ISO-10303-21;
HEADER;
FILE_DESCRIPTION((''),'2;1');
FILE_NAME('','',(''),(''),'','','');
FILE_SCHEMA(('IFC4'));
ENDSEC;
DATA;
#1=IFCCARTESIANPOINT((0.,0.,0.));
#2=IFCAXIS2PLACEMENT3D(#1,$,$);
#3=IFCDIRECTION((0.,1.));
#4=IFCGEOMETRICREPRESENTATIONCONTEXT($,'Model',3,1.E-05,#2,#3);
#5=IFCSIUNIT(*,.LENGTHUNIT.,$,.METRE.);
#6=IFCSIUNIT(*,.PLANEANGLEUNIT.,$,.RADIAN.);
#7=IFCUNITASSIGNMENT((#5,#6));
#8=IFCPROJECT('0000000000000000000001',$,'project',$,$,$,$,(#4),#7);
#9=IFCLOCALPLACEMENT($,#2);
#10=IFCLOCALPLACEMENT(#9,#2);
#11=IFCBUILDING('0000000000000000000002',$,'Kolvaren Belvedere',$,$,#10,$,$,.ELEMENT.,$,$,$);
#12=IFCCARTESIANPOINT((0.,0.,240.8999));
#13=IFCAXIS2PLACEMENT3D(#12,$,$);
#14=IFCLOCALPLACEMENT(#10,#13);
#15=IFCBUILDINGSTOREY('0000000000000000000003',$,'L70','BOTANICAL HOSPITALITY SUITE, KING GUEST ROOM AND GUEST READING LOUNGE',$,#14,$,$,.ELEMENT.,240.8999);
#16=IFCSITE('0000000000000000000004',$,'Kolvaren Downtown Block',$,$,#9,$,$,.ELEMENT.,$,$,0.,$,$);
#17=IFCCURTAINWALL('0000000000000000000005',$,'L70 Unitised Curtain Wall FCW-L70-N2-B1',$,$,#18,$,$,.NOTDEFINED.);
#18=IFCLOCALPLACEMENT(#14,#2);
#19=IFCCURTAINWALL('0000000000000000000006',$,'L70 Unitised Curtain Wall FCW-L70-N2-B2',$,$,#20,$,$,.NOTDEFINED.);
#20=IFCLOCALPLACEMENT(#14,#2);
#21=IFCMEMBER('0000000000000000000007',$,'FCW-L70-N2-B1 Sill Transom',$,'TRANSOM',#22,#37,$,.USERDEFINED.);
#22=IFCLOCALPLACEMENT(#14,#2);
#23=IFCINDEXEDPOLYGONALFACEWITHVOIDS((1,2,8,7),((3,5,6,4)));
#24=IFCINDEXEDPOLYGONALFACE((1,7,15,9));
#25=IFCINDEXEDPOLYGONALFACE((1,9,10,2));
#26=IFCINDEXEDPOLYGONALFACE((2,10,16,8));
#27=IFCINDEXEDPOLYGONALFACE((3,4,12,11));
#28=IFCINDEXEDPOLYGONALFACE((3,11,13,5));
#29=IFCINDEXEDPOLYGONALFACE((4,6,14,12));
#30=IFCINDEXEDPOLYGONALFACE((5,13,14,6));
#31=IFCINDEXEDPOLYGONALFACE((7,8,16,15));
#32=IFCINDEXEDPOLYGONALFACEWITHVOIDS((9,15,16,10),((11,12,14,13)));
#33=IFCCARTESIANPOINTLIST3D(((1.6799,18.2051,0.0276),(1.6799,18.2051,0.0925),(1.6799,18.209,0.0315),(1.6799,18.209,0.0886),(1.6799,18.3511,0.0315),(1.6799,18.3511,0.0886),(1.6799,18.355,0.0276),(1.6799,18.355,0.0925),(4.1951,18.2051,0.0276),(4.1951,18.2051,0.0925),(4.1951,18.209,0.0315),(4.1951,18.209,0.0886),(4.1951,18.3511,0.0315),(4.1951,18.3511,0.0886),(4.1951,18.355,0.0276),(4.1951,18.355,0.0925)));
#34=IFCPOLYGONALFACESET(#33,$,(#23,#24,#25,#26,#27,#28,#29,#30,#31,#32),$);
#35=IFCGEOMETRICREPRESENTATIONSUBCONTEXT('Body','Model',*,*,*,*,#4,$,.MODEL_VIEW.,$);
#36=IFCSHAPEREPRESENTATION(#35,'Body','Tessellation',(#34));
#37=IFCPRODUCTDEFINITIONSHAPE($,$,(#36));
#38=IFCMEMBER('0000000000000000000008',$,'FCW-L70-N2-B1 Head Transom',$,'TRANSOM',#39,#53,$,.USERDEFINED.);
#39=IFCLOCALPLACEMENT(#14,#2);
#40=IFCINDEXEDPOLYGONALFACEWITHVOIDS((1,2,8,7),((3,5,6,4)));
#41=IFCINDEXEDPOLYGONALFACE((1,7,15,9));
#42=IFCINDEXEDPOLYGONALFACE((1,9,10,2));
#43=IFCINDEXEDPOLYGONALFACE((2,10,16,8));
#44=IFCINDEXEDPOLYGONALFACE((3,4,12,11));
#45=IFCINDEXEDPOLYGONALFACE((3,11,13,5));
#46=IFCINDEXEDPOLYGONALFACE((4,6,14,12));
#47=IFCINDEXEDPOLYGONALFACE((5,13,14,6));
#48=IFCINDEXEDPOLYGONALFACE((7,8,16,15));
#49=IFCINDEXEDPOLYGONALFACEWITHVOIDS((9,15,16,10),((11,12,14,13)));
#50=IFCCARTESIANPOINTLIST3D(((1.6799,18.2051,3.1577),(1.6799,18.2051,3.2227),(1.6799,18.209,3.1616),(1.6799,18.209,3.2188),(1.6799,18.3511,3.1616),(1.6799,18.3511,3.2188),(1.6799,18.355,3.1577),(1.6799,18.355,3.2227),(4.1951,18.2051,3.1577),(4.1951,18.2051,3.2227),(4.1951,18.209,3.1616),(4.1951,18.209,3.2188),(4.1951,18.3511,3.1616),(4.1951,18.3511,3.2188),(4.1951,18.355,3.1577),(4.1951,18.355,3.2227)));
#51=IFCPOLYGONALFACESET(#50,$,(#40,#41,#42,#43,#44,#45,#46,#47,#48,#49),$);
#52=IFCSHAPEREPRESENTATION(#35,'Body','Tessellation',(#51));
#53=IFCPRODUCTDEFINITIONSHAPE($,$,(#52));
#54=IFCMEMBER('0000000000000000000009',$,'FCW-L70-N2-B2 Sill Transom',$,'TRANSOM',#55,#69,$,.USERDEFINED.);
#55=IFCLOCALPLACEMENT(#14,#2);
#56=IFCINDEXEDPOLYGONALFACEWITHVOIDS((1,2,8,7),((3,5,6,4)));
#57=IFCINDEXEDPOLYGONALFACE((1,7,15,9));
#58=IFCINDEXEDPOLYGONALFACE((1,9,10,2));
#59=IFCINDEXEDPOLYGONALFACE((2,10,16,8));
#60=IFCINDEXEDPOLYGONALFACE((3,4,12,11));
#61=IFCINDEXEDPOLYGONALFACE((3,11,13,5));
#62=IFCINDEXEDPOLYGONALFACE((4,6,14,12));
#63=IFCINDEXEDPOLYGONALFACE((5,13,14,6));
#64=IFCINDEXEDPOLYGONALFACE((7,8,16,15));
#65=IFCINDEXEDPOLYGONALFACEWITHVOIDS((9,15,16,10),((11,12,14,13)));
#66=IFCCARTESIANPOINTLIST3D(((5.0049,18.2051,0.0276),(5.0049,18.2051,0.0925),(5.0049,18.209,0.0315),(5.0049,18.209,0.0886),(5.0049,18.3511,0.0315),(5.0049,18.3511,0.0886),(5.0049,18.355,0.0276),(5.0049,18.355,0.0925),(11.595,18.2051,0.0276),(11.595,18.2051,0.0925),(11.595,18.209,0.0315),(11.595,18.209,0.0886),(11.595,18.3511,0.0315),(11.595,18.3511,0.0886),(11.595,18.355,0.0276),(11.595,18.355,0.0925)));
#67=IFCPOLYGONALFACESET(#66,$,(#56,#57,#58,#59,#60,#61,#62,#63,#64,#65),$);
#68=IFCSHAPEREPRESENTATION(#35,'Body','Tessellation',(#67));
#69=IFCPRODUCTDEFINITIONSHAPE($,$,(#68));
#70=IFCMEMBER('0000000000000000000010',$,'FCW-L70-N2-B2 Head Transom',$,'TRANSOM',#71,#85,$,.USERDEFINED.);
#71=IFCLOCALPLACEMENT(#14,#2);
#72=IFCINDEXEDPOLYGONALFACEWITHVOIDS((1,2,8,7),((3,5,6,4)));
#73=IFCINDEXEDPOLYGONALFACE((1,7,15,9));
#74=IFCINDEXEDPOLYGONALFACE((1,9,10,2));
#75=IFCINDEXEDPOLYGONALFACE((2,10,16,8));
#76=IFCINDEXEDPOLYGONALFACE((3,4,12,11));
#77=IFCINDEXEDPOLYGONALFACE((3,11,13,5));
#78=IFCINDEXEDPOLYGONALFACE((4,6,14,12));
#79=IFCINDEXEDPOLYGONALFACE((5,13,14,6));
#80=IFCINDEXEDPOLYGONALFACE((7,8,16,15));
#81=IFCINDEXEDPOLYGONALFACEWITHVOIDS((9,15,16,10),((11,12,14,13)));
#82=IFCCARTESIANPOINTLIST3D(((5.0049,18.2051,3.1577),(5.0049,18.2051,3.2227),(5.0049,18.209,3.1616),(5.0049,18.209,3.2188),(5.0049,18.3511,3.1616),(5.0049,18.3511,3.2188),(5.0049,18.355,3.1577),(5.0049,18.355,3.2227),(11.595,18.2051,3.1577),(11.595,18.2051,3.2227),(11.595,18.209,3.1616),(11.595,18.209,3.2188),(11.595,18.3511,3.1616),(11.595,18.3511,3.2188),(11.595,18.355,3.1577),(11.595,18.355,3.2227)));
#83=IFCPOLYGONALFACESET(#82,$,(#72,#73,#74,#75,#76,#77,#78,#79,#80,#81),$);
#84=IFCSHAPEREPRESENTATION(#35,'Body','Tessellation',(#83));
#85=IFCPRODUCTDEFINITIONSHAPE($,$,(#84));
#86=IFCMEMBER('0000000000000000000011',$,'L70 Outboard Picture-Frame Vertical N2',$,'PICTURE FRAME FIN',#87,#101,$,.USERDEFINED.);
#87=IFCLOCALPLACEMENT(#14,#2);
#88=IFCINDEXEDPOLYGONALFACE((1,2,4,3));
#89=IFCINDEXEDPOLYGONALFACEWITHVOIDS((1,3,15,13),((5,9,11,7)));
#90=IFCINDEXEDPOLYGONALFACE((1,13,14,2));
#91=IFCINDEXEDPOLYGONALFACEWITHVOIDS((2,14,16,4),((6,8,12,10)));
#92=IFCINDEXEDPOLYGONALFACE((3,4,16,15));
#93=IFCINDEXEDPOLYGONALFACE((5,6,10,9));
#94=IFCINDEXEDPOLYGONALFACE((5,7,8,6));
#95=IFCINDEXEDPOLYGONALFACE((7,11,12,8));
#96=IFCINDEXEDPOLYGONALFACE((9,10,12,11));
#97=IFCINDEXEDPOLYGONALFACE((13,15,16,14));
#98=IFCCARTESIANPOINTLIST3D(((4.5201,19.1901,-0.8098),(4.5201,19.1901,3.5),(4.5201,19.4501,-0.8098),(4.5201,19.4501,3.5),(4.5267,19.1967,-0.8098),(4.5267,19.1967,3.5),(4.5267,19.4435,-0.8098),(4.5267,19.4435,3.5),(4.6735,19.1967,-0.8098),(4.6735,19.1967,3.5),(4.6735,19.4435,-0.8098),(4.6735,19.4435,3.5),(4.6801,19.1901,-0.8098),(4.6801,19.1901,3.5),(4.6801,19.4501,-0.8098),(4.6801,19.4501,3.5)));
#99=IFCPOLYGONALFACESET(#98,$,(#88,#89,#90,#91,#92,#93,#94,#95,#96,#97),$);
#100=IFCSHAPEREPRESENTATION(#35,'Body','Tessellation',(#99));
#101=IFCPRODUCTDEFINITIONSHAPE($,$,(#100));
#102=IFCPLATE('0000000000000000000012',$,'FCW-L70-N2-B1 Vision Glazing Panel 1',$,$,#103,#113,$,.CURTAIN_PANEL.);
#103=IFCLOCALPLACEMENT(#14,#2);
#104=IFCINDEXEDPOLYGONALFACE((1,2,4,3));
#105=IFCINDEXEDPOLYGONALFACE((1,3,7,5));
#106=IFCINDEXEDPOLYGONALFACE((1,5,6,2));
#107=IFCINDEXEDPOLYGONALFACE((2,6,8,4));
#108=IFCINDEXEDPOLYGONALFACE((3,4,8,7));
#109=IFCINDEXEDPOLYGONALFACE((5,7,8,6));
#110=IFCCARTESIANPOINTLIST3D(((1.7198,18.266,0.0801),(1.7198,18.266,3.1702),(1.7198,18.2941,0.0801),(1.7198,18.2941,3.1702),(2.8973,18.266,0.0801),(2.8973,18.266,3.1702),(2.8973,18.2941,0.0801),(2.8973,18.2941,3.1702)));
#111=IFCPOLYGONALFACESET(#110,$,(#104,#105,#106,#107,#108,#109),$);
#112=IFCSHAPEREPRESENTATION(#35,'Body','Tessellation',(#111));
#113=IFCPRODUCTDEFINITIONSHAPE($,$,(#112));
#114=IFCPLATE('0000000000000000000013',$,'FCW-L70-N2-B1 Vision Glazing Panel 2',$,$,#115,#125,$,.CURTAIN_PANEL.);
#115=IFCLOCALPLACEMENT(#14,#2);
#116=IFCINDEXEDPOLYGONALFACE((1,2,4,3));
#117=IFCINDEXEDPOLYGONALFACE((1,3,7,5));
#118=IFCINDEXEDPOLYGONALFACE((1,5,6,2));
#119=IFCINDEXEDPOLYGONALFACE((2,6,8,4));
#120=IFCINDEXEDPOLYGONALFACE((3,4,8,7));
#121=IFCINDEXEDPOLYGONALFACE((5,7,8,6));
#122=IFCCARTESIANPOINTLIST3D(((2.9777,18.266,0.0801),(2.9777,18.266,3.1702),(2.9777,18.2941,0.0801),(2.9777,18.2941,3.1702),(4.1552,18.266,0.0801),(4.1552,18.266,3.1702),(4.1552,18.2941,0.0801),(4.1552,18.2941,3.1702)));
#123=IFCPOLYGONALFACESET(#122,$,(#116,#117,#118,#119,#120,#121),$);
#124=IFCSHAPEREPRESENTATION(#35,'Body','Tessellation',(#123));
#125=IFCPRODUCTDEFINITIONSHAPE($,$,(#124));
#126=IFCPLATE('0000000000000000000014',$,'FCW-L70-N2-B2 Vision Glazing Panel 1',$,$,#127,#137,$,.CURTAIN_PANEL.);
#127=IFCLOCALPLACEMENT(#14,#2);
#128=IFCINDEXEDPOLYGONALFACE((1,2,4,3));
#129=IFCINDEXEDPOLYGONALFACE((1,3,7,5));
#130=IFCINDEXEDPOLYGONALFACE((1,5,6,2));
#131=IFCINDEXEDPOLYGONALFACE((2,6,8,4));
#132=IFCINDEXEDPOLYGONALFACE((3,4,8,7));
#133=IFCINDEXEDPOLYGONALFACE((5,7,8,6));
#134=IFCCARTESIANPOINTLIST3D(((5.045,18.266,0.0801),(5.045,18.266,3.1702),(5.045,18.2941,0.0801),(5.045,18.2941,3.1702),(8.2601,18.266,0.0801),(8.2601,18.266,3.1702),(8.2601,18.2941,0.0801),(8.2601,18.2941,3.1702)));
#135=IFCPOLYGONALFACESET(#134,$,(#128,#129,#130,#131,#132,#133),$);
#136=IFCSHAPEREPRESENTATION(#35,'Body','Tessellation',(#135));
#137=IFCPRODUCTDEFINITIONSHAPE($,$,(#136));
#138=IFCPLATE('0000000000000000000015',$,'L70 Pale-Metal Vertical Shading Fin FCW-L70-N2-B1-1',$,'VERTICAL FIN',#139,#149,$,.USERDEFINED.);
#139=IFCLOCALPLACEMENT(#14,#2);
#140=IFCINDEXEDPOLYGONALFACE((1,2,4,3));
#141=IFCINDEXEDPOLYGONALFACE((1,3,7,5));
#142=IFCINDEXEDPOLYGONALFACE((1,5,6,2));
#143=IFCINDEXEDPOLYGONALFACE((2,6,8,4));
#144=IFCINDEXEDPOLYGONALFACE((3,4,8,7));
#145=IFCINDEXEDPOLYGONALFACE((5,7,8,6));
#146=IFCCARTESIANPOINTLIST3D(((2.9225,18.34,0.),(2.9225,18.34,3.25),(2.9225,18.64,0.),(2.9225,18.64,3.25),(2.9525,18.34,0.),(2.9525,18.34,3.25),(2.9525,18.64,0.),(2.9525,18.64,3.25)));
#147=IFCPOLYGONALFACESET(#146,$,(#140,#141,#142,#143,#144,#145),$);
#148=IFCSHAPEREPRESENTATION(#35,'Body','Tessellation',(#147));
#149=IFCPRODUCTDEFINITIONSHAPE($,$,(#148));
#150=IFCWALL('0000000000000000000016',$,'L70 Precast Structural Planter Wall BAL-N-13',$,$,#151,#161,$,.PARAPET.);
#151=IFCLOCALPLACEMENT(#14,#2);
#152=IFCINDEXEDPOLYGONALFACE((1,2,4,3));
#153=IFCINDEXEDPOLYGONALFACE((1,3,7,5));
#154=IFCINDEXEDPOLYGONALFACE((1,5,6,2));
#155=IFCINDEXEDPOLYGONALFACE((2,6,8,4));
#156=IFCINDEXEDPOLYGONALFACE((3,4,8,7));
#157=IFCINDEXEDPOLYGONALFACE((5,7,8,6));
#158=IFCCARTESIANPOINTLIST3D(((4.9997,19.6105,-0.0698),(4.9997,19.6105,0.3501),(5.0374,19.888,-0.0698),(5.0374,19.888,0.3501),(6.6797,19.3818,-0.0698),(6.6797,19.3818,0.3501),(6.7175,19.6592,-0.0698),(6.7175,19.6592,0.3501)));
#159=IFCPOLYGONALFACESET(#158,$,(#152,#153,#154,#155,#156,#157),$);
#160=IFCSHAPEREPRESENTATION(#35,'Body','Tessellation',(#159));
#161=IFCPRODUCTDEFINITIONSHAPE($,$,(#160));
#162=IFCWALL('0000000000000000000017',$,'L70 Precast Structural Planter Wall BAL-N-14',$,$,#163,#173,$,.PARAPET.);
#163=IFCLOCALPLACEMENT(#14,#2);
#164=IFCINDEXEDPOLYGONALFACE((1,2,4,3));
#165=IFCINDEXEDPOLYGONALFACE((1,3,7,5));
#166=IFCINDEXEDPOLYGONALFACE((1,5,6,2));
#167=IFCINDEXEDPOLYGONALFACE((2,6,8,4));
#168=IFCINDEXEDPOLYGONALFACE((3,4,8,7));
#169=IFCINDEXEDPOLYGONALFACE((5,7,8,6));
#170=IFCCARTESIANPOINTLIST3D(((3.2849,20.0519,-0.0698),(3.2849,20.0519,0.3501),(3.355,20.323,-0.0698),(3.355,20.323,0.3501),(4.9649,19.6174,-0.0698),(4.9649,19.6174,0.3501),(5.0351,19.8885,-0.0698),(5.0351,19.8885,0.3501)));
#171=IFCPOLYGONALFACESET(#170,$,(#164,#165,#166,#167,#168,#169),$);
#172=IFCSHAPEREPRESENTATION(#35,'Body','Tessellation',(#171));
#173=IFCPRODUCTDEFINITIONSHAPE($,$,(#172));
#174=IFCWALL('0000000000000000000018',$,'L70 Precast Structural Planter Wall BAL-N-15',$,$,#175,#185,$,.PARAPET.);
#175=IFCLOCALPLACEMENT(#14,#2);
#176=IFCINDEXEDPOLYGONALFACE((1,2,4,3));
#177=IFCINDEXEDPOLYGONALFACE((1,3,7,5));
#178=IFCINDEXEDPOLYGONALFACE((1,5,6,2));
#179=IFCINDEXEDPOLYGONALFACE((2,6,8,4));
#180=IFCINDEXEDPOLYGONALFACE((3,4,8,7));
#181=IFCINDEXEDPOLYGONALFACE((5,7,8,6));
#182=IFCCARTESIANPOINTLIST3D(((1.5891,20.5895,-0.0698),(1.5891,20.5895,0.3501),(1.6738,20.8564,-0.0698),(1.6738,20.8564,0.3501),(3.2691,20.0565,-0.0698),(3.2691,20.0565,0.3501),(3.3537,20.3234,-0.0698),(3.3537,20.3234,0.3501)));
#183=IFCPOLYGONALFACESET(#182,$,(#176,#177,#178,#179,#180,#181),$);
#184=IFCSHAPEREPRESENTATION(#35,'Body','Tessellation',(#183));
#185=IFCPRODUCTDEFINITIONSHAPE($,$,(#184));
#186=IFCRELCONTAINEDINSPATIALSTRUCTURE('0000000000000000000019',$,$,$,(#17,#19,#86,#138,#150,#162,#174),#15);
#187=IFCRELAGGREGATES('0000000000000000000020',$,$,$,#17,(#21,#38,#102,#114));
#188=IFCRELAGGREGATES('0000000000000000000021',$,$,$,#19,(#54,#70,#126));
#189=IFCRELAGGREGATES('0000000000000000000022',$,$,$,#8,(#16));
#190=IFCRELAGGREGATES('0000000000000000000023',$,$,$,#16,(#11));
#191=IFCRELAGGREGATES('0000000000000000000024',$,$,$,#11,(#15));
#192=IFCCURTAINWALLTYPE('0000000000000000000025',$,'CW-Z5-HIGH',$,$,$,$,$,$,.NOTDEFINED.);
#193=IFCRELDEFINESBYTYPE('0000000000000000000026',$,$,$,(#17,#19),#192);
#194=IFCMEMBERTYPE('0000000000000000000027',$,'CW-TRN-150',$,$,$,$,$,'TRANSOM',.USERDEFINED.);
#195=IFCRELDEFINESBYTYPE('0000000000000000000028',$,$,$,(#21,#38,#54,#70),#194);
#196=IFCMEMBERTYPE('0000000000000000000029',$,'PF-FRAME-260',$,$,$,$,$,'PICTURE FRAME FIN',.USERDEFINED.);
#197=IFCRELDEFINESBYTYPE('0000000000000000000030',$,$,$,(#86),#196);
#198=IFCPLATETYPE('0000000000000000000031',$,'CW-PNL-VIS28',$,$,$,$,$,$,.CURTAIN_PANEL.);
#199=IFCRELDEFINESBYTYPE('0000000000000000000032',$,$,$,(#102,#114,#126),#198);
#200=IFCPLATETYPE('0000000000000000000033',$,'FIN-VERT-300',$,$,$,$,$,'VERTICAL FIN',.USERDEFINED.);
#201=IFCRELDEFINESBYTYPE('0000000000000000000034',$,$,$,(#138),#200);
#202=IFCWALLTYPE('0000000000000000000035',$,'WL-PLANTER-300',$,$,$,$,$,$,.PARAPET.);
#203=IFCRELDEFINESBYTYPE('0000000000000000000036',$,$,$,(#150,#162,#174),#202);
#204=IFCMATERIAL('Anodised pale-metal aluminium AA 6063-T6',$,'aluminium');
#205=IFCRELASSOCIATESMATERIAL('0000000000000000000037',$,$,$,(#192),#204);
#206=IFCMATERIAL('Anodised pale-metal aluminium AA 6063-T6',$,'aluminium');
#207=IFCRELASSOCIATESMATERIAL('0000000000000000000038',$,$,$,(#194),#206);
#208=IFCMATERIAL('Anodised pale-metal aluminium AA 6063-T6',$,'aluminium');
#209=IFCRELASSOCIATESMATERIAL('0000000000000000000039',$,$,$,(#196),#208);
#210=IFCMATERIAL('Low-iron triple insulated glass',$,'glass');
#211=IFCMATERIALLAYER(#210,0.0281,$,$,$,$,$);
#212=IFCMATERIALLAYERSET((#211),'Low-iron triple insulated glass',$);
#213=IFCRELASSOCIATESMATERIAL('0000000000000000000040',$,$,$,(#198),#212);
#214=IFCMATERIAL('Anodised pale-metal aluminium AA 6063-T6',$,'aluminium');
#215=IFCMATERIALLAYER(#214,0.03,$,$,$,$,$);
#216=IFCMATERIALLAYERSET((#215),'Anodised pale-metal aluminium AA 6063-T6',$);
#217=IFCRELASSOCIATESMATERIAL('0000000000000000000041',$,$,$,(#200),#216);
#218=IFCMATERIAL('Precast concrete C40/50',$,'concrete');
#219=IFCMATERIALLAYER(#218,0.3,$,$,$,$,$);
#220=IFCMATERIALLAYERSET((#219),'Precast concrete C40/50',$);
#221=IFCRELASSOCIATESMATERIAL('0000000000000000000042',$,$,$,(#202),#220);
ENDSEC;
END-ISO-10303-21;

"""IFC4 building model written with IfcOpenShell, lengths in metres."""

from ifc_helpers import new_model, si_unit, direction, frame, frame_2d, origin, origin_2d, place, context, subcontext, project, spatial, rectangle, hollow_rectangle, extrude, material, layer, layer_set, material_profile, profile_set, type_object, element, aggregate, save


model = new_model("IFC4")

# Units and contexts
model_context = context("Model", 3, precision=1e-05, world=origin(), true_north=direction((0.0, 1.0)))
body_context = subcontext(model_context, "Body", "Model", "MODEL_VIEW")
ifc_project = project(units=[si_unit("LENGTHUNIT", "METRE"), si_unit("PLANEANGLEUNIT", "RADIAN")], contexts=[model_context])

# Site, building, storey
site_placement = place(None, origin())
site = spatial("IfcSite", under=ifc_project, at=site_placement, Name="Kolvaren Downtown Block", CompositionType="ELEMENT", RefElevation=0.0)
building_placement = place(site_placement, origin())
building = spatial("IfcBuilding", under=site, at=building_placement, Name="Kolvaren Belvedere", CompositionType="ELEMENT")
storey_placement = place(building_placement, frame((0.0, 0.0, 240.8999)))
storey = spatial("IfcBuildingStorey", under=building, at=storey_placement, Name="L70", Description="BOTANICAL HOSPITALITY SUITE, KING GUEST ROOM AND GUEST READING LOUNGE", CompositionType="ELEMENT", Elevation=240.8999)

# Curtain wall
ifc_material_1 = material(Name="Anodised pale-metal aluminium AA 6063-T6", Category="aluminium")
curtain_wall_type = type_object("IfcCurtainWallType", Name="CW-Z5-HIGH", PredefinedType="NOTDEFINED", material=ifc_material_1)
curtain_wall_1_placement = place(storey_placement, origin())
curtain_wall_1 = element("IfcCurtainWall", 1, at=curtain_wall_1_placement, inside=storey, type_object=curtain_wall_type, Name="L70 Unitised Curtain Wall FCW-L70-N2-B1", PredefinedType="NOTDEFINED")

# Curtain wall
curtain_wall_2_placement = place(storey_placement, origin())
curtain_wall_2 = element("IfcCurtainWall", 2, at=curtain_wall_2_placement, inside=storey, type_object=curtain_wall_type, Name="L70 Unitised Curtain Wall FCW-L70-N2-B2", PredefinedType="NOTDEFINED")

# Members
ifc_material_2 = material(Name="Anodised pale-metal aluminium AA 6063-T6", Category="aluminium")
ifc_material_profile_1 = material_profile(ifc_material_2, hollow_rectangle(XDim=0.0649, YDim=0.1499, WallThickness=0.0039, at=origin_2d()), Name="ALU-TRN-150X65")
ifc_profile_set_1 = profile_set([ifc_material_profile_1], Name="Anodised pale-metal aluminium AA 6063-T6")
member_type_1 = type_object("IfcMemberType", Name="CW-TRN-150", ElementType="TRANSOM", PredefinedType="USERDEFINED", material=ifc_profile_set_1)
member_1_placement = place(storey_placement, frame((1.6799, 18.28, 0.0601), z_axis=(1.0, 0.0, 0.0), x_axis=(0.0, 0.0, 1.0)))
member_1 = element("IfcMember", 3, at=member_1_placement, type_object=member_type_1, Name="FCW-L70-N2-B1 Sill Transom", ObjectType="TRANSOM", PredefinedType="USERDEFINED", context=body_context, shape_type="SweptSolid", body=[
    extrude(hollow_rectangle(XDim=0.0649, YDim=0.1499, WallThickness=0.0039, at=origin_2d()), origin(), (0.0, 0.0, 1.0), 2.5151),
])
member_2_placement = place(storey_placement, frame((1.6799, 18.28, 3.1902), z_axis=(1.0, 0.0, 0.0), x_axis=(0.0, 0.0, 1.0)))
member_2 = element("IfcMember", 4, at=member_2_placement, type_object=member_type_1, Name="FCW-L70-N2-B1 Head Transom", ObjectType="TRANSOM", PredefinedType="USERDEFINED", context=body_context, shape_type="SweptSolid", body=[
    extrude(hollow_rectangle(XDim=0.0649, YDim=0.1499, WallThickness=0.0039, at=origin_2d()), origin(), (0.0, 0.0, 1.0), 2.5151),
])
member_3_placement = place(storey_placement, frame((5.0049, 18.28, 0.0601), z_axis=(1.0, 0.0, 0.0), x_axis=(0.0, 0.0, 1.0)))
member_3 = element("IfcMember", 5, at=member_3_placement, type_object=member_type_1, Name="FCW-L70-N2-B2 Sill Transom", ObjectType="TRANSOM", PredefinedType="USERDEFINED", context=body_context, shape_type="SweptSolid", body=[
    extrude(hollow_rectangle(XDim=0.0649, YDim=0.1499, WallThickness=0.0039, at=origin_2d()), origin(), (0.0, 0.0, 1.0), 6.5901),
])
member_4_placement = place(storey_placement, frame((5.0049, 18.28, 3.1902), z_axis=(1.0, 0.0, 0.0), x_axis=(0.0, 0.0, 1.0)))
member_4 = element("IfcMember", 6, at=member_4_placement, type_object=member_type_1, Name="FCW-L70-N2-B2 Head Transom", ObjectType="TRANSOM", PredefinedType="USERDEFINED", context=body_context, shape_type="SweptSolid", body=[
    extrude(hollow_rectangle(XDim=0.0649, YDim=0.1499, WallThickness=0.0039, at=origin_2d()), origin(), (0.0, 0.0, 1.0), 6.5901),
])
ifc_material_3 = material(Name="Anodised pale-metal aluminium AA 6063-T6", Category="aluminium")
ifc_material_profile_2 = material_profile(ifc_material_3, hollow_rectangle(XDim=0.1599, YDim=0.26, WallThickness=0.0066, at=origin_2d()), Name="ALU-PF-260X160")
ifc_profile_set_2 = profile_set([ifc_material_profile_2], Name="Anodised pale-metal aluminium AA 6063-T6")
member_type_2 = type_object("IfcMemberType", Name="PF-FRAME-260", ElementType="PICTURE FRAME FIN", PredefinedType="USERDEFINED", material=ifc_profile_set_2)
member_5_placement = place(storey_placement, frame((4.6001, 19.3201, -0.8098), z_axis=(0.0, 0.0, 1.0), x_axis=(1.0, 0.0, 0.0)))
element("IfcMember", 7, at=member_5_placement, inside=storey, type_object=member_type_2, Name="L70 Outboard Picture-Frame Vertical N2", ObjectType="PICTURE FRAME FIN", PredefinedType="USERDEFINED", context=body_context, shape_type="SweptSolid", body=[
    extrude(hollow_rectangle(XDim=0.1599, YDim=0.26, WallThickness=0.0066, at=origin_2d()), origin(), (0.0, 0.0, 1.0), 4.3098),
])

# Plates
ifc_material_4 = material(Name="Low-iron triple insulated glass", Category="glass")
ifc_layer_1 = layer(ifc_material_4, 0.0281)
ifc_layer_set_1 = layer_set([ifc_layer_1], Name="Low-iron triple insulated glass")
plate_type_1 = type_object("IfcPlateType", Name="CW-PNL-VIS28", PredefinedType="CURTAIN_PANEL", material=ifc_layer_set_1)
plate_1_placement = place(storey_placement, frame((2.3086, 18.28, 0.0801), z_axis=(0.0, 0.0, 1.0), x_axis=(1.0, 0.0, 0.0)))
plate_1 = element("IfcPlate", 8, at=plate_1_placement, type_object=plate_type_1, Name="FCW-L70-N2-B1 Vision Glazing Panel 1", PredefinedType="CURTAIN_PANEL", context=body_context, shape_type="SweptSolid", body=[
    extrude(rectangle(XDim=1.1775, YDim=0.0281, at=origin_2d()), origin(), (0.0, 0.0, 1.0), 3.0901),
])
plate_2_placement = place(storey_placement, frame((3.5664, 18.28, 0.0801), z_axis=(0.0, 0.0, 1.0), x_axis=(1.0, 0.0, 0.0)))
plate_2 = element("IfcPlate", 9, at=plate_2_placement, type_object=plate_type_1, Name="FCW-L70-N2-B1 Vision Glazing Panel 2", PredefinedType="CURTAIN_PANEL", context=body_context, shape_type="SweptSolid", body=[
    extrude(rectangle(XDim=1.1775, YDim=0.0281, at=origin_2d()), origin(), (0.0, 0.0, 1.0), 3.0901),
])
aggregate(curtain_wall_1, [member_1, member_2, plate_1, plate_2])
plate_3_placement = place(storey_placement, frame((6.6526, 18.28, 0.0801), z_axis=(0.0, 0.0, 1.0), x_axis=(1.0, 0.0, 0.0)))
plate_3 = element("IfcPlate", 10, at=plate_3_placement, type_object=plate_type_1, Name="FCW-L70-N2-B2 Vision Glazing Panel 1", PredefinedType="CURTAIN_PANEL", context=body_context, shape_type="SweptSolid", body=[
    extrude(rectangle(XDim=3.2151, YDim=0.0281, at=origin_2d()), origin(), (0.0, 0.0, 1.0), 3.0901),
])
aggregate(curtain_wall_2, [member_3, member_4, plate_3])
ifc_material_5 = material(Name="Anodised pale-metal aluminium AA 6063-T6", Category="aluminium")
ifc_layer_2 = layer(ifc_material_5, 0.03)
ifc_layer_set_2 = layer_set([ifc_layer_2], Name="Anodised pale-metal aluminium AA 6063-T6")
plate_type_2 = type_object("IfcPlateType", Name="FIN-VERT-300", ElementType="VERTICAL FIN", PredefinedType="USERDEFINED", material=ifc_layer_set_2)
plate_4_placement = place(storey_placement, frame((2.9375, 18.49, 0.0), z_axis=(0.0, 0.0, 1.0), x_axis=(0.0, 1.0, 0.0)))
element("IfcPlate", 11, at=plate_4_placement, inside=storey, type_object=plate_type_2, Name="L70 Pale-Metal Vertical Shading Fin FCW-L70-N2-B1-1", ObjectType="VERTICAL FIN", PredefinedType="USERDEFINED", context=body_context, shape_type="SweptSolid", body=[
    extrude(rectangle(XDim=0.3, YDim=0.03, at=origin_2d()), origin(), (0.0, 0.0, 1.0), 3.25),
])

# Walls
ifc_material_6 = material(Name="Precast concrete C40/50", Category="concrete")
ifc_layer_3 = layer(ifc_material_6, 0.3)
ifc_layer_set_3 = layer_set([ifc_layer_3], Name="Precast concrete C40/50")
wall_type = type_object("IfcWallType", Name="WL-PLANTER-300", PredefinedType="PARAPET", material=ifc_layer_set_3)
wall_1_placement = place(storey_placement, frame((6.6985, 19.5205, -0.0698), z_axis=(0.0, 0.0, 1.0), x_axis=(-0.990858, 0.134908, 0.0)))
element("IfcWall", 12, at=wall_1_placement, inside=storey, type_object=wall_type, Name="L70 Precast Structural Planter Wall BAL-N-13", PredefinedType="PARAPET", context=body_context, shape_type="SweptSolid", body=[
    extrude(rectangle(XDim=1.6956, YDim=0.28, at=frame_2d((0.8477, 0.0))), origin(), (0.0, 0.0, 1.0), 0.4199),
])
wall_2_placement = place(storey_placement, frame((5.0, 19.7529, -0.0698), z_axis=(0.0, 0.0, 1.0), x_axis=(-0.968141, 0.250406, 0.0)))
element("IfcWall", 13, at=wall_2_placement, inside=storey, type_object=wall_type, Name="L70 Precast Structural Planter Wall BAL-N-14", PredefinedType="PARAPET", context=body_context, shape_type="SweptSolid", body=[
    extrude(rectangle(XDim=1.7354, YDim=0.28, at=frame_2d((0.8677, 0.0))), origin(), (0.0, 0.0, 1.0), 0.4199),
])
wall_3_placement = place(storey_placement, frame((3.3115, 20.1899, -0.0698), z_axis=(0.0, 0.0, 1.0), x_axis=(-0.953182, 0.302397, 0.0)))
element("IfcWall", 14, at=wall_3_placement, inside=storey, type_object=wall_type, Name="L70 Precast Structural Planter Wall BAL-N-15", PredefinedType="PARAPET", context=body_context, shape_type="SweptSolid", body=[
    extrude(rectangle(XDim=1.7625, YDim=0.28, at=frame_2d((0.8813, 0.0))), origin(), (0.0, 0.0, 1.0), 0.4199),
])

save(model, "model.ifc")
